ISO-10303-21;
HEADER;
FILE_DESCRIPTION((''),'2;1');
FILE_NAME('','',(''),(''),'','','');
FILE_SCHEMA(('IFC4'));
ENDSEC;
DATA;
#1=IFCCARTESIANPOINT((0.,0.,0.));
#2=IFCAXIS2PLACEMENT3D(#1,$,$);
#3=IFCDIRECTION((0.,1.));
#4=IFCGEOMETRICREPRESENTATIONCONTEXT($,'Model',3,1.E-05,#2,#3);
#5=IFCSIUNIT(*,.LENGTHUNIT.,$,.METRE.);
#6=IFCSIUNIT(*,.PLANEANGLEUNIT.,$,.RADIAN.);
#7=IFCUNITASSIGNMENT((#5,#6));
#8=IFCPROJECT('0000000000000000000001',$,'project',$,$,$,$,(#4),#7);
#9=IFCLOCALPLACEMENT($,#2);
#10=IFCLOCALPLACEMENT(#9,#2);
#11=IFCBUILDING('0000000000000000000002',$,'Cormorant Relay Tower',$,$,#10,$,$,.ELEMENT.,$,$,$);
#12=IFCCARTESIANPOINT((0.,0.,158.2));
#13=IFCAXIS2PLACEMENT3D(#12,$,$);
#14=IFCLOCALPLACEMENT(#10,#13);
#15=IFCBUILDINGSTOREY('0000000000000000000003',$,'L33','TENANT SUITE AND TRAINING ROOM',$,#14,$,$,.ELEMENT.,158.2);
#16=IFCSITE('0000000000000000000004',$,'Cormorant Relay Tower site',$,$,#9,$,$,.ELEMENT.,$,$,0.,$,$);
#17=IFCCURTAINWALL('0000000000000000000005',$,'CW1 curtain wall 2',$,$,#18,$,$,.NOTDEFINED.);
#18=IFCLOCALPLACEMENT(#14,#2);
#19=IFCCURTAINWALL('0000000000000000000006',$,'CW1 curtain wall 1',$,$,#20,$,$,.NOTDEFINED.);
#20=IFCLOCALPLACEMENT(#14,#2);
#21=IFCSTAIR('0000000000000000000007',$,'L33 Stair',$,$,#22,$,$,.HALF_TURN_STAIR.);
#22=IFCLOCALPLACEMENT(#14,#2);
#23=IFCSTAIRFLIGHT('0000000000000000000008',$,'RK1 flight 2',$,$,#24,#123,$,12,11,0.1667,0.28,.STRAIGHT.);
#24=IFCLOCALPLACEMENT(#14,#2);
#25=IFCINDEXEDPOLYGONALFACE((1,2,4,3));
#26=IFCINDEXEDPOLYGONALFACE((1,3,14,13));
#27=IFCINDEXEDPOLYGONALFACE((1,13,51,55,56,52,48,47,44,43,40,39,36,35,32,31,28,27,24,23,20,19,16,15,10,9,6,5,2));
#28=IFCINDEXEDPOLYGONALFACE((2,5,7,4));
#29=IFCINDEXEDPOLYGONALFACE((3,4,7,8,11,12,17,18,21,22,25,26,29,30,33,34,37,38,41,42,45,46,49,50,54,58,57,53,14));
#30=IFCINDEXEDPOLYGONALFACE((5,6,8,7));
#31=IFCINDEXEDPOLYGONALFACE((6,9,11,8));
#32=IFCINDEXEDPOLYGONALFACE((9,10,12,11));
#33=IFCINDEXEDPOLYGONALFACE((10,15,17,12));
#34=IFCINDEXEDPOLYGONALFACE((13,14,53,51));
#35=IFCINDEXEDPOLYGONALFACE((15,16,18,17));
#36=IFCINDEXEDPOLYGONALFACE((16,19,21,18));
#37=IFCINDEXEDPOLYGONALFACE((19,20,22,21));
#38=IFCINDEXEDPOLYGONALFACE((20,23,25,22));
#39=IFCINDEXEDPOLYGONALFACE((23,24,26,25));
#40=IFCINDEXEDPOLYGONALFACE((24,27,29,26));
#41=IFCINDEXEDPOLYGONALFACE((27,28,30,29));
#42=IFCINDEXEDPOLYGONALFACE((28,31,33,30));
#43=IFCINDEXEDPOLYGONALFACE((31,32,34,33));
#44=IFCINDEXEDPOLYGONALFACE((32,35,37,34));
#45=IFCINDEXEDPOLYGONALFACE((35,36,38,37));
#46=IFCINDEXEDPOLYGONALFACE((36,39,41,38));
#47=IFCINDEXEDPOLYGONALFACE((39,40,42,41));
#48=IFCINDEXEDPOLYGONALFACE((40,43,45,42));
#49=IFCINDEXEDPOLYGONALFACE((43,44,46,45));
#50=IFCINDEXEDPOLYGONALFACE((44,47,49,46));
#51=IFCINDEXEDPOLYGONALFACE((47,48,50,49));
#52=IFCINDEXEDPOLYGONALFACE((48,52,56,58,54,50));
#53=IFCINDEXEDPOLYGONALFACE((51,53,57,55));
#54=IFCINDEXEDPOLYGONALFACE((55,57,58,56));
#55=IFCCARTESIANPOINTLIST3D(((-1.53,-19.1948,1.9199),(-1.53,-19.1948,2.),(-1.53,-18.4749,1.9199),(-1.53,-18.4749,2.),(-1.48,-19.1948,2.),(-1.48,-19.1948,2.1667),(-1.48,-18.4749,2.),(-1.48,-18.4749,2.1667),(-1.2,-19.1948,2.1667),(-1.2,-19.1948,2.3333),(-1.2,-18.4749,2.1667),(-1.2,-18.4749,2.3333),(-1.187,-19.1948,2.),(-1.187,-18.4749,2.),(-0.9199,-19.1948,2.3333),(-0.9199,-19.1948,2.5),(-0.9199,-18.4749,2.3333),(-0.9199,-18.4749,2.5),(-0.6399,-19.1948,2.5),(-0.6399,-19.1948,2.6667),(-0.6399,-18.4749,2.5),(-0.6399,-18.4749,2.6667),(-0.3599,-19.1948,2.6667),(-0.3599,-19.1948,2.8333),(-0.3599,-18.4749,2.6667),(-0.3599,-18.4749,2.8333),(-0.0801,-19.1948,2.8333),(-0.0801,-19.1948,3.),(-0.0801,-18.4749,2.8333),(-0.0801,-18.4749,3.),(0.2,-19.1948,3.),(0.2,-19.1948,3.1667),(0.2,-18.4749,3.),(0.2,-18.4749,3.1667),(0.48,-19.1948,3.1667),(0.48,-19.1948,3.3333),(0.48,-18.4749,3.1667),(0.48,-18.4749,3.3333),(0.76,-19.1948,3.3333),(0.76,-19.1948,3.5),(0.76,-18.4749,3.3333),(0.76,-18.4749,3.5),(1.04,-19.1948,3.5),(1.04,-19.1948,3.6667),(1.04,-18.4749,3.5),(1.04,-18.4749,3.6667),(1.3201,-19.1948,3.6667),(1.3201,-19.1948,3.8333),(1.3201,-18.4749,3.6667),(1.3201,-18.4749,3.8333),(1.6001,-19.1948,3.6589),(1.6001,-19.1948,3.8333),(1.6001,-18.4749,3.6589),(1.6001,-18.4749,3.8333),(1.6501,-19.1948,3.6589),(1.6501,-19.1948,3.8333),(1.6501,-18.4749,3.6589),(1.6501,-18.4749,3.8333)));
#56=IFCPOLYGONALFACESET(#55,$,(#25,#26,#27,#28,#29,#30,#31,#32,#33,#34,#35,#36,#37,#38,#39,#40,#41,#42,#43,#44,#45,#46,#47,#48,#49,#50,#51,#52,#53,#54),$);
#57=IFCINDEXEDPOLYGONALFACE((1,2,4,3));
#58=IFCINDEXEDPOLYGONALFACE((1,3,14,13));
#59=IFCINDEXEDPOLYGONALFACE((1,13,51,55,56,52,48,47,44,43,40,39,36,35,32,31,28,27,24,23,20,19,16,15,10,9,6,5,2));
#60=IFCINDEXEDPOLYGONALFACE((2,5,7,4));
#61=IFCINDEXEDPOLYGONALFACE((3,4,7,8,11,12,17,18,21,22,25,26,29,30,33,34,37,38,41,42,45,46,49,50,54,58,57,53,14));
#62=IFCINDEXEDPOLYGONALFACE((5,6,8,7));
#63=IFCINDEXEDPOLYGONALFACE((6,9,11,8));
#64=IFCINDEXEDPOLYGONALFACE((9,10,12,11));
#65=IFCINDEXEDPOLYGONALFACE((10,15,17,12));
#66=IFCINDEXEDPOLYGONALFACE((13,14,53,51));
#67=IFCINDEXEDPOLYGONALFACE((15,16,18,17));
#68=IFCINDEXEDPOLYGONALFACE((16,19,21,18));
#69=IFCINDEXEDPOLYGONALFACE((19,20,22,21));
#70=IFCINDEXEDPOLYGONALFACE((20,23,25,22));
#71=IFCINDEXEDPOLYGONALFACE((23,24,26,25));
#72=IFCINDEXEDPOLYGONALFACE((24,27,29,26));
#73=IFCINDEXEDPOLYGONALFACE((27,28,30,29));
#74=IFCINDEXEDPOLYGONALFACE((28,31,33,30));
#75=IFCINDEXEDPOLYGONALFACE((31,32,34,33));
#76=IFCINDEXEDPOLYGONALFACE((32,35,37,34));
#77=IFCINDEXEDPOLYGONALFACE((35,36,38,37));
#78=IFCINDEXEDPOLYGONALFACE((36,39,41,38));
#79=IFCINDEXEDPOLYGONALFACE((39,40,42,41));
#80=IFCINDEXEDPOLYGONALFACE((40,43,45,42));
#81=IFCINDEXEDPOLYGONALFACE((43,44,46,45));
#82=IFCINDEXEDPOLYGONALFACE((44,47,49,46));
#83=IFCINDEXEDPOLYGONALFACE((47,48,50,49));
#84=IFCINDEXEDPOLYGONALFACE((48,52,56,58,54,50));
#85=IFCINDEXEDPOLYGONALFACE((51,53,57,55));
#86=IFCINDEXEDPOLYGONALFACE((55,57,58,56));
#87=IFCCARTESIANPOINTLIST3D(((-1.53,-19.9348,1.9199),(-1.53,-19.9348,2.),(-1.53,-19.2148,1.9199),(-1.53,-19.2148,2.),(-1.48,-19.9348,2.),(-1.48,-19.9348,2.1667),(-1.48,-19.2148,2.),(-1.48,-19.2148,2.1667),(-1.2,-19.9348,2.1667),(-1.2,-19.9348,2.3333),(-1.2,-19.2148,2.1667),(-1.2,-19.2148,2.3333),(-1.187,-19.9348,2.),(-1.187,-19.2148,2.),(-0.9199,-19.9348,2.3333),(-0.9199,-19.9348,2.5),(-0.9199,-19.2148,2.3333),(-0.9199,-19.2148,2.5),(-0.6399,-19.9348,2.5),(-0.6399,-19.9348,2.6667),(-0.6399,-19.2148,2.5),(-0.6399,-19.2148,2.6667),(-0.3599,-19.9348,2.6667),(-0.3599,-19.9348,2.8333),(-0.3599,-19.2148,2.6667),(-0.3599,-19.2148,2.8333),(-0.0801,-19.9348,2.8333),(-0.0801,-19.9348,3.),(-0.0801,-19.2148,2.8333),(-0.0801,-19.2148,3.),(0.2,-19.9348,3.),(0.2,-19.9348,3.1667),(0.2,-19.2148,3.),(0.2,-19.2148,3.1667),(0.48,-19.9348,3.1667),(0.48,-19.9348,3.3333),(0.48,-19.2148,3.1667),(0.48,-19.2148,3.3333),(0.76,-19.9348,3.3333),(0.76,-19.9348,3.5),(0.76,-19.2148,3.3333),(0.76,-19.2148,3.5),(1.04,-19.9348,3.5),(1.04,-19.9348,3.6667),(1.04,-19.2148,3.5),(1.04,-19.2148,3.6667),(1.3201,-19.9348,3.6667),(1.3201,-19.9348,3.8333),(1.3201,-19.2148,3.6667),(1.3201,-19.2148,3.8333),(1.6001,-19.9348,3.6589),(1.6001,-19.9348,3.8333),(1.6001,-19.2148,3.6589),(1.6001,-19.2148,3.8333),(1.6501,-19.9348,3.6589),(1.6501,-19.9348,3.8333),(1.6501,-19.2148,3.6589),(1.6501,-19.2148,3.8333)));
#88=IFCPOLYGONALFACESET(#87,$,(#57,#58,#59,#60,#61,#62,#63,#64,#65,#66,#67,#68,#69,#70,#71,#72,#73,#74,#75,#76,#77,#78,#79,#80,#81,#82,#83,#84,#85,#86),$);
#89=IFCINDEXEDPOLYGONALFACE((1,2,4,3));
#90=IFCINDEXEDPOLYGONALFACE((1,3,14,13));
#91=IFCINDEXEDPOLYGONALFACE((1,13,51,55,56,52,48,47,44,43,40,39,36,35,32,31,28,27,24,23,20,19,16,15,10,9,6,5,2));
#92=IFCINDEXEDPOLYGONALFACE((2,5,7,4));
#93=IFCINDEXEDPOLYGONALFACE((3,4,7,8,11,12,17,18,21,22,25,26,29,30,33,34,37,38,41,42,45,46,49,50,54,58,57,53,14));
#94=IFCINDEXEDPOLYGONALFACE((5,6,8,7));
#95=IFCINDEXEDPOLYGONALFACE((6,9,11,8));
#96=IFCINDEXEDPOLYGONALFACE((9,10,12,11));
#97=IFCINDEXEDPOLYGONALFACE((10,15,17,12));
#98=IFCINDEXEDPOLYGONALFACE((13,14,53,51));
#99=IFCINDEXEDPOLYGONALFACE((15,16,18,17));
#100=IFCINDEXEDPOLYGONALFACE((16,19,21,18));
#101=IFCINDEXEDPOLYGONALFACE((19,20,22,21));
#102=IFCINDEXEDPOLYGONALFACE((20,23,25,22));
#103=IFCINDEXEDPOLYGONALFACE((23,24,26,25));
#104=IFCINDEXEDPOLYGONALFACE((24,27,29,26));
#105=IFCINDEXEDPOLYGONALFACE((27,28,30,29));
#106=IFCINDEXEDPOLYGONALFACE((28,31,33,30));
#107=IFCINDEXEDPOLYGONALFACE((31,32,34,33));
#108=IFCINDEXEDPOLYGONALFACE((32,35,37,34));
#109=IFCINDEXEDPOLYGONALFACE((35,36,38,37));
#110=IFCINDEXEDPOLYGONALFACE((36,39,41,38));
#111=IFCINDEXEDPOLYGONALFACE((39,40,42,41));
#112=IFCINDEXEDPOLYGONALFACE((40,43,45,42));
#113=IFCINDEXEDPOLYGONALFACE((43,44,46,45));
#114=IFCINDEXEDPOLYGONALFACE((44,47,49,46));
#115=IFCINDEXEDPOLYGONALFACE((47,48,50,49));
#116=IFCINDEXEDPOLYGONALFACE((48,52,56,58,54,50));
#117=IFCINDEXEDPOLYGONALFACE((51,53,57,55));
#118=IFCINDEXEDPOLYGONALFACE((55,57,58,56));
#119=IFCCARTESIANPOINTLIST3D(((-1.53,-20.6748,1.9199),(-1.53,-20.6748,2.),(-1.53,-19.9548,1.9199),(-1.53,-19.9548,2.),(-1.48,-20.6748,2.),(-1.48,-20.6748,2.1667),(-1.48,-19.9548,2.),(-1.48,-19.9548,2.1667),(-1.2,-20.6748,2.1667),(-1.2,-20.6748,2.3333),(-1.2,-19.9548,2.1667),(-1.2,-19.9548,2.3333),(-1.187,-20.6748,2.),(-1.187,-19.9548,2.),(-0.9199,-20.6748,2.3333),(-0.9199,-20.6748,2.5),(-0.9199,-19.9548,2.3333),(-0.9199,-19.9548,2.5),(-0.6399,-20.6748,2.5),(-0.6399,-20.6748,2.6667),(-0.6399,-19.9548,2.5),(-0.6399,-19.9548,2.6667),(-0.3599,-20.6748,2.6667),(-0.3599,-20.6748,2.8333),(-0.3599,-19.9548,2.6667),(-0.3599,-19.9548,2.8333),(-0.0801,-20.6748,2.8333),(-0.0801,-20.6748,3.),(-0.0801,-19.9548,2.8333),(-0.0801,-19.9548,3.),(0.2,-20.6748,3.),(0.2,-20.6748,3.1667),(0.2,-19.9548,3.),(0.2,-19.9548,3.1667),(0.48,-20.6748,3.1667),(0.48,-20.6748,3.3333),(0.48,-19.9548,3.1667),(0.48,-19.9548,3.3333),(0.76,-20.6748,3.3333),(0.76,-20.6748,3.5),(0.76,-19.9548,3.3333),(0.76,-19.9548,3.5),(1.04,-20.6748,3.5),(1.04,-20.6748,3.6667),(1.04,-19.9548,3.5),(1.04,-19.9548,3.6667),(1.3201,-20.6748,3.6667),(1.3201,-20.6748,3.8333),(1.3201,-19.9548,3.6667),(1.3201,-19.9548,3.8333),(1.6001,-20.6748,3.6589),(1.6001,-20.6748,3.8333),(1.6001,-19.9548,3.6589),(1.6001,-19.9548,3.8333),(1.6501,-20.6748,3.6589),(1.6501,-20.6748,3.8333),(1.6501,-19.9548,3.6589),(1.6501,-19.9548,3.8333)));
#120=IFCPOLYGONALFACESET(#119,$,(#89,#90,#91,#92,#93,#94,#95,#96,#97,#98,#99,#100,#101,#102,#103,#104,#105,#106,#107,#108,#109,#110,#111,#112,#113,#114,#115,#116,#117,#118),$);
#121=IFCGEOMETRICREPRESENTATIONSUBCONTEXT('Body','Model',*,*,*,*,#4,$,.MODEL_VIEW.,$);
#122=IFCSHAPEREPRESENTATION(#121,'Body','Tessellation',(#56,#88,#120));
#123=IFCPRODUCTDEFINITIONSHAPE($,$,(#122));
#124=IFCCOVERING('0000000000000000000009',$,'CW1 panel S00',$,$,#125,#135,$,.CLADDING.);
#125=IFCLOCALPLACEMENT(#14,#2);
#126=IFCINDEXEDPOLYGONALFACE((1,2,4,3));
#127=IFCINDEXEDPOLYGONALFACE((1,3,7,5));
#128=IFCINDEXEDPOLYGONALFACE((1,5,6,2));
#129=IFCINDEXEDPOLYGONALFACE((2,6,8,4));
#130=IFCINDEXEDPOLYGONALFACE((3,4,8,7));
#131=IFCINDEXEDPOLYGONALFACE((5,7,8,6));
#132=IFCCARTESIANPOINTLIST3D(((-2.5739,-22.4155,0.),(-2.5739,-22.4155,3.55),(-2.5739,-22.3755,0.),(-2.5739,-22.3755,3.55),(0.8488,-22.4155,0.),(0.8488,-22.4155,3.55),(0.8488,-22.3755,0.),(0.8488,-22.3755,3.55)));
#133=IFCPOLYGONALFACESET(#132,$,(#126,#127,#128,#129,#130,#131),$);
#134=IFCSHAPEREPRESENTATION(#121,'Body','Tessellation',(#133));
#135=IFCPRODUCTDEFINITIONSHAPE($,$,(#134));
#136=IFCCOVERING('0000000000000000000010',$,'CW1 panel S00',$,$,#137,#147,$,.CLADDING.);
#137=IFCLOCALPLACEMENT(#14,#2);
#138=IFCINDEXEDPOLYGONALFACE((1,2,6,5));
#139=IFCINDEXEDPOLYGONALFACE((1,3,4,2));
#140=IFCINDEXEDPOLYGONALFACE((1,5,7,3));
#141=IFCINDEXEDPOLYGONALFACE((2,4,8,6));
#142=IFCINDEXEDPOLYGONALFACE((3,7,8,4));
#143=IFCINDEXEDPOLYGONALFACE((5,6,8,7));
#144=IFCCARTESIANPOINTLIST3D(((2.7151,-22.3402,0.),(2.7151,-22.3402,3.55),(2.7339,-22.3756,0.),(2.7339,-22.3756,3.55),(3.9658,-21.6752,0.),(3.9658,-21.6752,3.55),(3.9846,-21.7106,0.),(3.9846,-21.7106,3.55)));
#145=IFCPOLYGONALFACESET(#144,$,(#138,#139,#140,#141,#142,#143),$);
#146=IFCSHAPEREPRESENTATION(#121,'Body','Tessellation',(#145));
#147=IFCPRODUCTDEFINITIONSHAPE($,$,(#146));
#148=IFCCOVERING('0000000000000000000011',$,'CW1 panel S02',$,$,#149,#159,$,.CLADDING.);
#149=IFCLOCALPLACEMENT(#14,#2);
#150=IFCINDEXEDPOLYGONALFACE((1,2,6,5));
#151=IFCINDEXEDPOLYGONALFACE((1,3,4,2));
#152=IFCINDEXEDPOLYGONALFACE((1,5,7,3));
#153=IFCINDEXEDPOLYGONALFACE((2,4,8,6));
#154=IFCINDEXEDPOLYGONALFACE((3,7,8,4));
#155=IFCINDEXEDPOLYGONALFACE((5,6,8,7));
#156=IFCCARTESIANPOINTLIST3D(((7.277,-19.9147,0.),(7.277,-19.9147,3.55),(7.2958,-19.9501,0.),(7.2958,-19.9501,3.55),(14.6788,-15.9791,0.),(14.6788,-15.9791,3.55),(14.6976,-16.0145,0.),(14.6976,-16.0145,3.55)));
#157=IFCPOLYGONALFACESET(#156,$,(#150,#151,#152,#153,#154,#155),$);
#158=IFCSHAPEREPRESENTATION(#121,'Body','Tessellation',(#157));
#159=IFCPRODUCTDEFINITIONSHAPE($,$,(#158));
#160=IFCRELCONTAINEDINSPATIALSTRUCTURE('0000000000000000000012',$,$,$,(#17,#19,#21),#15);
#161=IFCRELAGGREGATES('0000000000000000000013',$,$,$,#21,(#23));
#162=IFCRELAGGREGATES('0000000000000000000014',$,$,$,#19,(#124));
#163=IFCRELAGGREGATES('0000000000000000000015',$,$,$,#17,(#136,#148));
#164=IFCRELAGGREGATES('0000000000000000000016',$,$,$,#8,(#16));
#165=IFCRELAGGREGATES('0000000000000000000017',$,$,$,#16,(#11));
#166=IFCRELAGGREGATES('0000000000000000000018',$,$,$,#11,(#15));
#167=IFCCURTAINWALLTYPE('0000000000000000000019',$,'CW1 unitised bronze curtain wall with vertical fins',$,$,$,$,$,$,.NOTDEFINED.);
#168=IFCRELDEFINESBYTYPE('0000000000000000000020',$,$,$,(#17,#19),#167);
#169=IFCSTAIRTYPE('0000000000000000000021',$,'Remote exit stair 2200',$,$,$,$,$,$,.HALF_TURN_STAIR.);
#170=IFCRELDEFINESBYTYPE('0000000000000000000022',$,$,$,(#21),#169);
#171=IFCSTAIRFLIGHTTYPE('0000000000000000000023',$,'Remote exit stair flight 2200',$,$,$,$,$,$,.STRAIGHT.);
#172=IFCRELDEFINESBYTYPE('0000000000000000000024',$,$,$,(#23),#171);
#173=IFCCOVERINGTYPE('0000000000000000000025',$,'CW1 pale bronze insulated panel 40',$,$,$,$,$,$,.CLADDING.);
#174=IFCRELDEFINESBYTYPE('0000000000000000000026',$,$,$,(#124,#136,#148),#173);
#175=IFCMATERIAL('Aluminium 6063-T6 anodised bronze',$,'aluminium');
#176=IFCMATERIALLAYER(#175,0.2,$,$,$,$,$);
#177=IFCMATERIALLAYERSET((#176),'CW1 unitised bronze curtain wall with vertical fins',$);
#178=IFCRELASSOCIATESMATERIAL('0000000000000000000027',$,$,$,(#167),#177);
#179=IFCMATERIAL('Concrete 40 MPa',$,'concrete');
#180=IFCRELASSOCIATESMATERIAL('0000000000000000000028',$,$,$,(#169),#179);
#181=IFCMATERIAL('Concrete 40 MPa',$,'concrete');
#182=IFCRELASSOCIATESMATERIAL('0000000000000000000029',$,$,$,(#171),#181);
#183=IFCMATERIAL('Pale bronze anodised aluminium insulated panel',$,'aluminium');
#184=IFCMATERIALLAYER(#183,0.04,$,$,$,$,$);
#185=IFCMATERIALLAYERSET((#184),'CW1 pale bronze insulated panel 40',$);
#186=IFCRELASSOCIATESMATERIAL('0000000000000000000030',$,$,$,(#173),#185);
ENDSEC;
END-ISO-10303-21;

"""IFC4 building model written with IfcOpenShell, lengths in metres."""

from ifc_helpers import new_model, si_unit, direction, frame, origin, origin_2d, place, context, subcontext, project, spatial, polyline, rectangle, outline, extrude, material, layer, layer_set, type_object, element, aggregate, save


model = new_model("IFC4")

# Units and contexts
model_context = context("Model", 3, precision=1e-05, world=origin(), true_north=direction((0.0, 1.0)))
body_context = subcontext(model_context, "Body", "Model", "MODEL_VIEW")
ifc_project = project(units=[si_unit("LENGTHUNIT", "METRE"), si_unit("PLANEANGLEUNIT", "RADIAN")], contexts=[model_context])

# Site, building, storey
site_placement = place(None, origin())
site = spatial("IfcSite", under=ifc_project, at=site_placement, Name="Cormorant Relay Tower site", CompositionType="ELEMENT", RefElevation=0.0)
building_placement = place(site_placement, origin())
building = spatial("IfcBuilding", under=site, at=building_placement, Name="Cormorant Relay Tower", CompositionType="ELEMENT")
storey_placement = place(building_placement, frame((0.0, 0.0, 158.2)))
storey = spatial("IfcBuildingStorey", under=building, at=storey_placement, Name="L33", Description="TENANT SUITE AND TRAINING ROOM", CompositionType="ELEMENT", Elevation=158.2)

# Curtain wall
ifc_material_1 = material(Name="Aluminium 6063-T6 anodised bronze", Category="aluminium")
ifc_layer_1 = layer(ifc_material_1, 0.2)
ifc_layer_set_1 = layer_set([ifc_layer_1], Name="CW1 unitised bronze curtain wall with vertical fins")
curtain_wall_type = type_object("IfcCurtainWallType", Name="CW1 unitised bronze curtain wall with vertical fins", PredefinedType="NOTDEFINED", material=ifc_layer_set_1)
curtain_wall_1_placement = place(storey_placement, origin())
curtain_wall_1 = element("IfcCurtainWall", 1, at=curtain_wall_1_placement, inside=storey, type_object=curtain_wall_type, Name="CW1 curtain wall 2", PredefinedType="NOTDEFINED")

# Curtain wall
curtain_wall_2_placement = place(storey_placement, origin())
curtain_wall_2 = element("IfcCurtainWall", 2, at=curtain_wall_2_placement, inside=storey, type_object=curtain_wall_type, Name="CW1 curtain wall 1", PredefinedType="NOTDEFINED")

# Stair, stair flight
ifc_material_2 = material(Name="Concrete 40 MPa", Category="concrete")
stair_type = type_object("IfcStairType", Name="Remote exit stair 2200", PredefinedType="HALF_TURN_STAIR", material=ifc_material_2)
stair_placement = place(storey_placement, origin())
stair = element("IfcStair", 3, at=stair_placement, inside=storey, type_object=stair_type, Name="L33 Stair", PredefinedType="HALF_TURN_STAIR")
ifc_material_3 = material(Name="Concrete 40 MPa", Category="concrete")
stair_flight_type = type_object("IfcStairFlightType", Name="Remote exit stair flight 2200", PredefinedType="STRAIGHT", material=ifc_material_3)
stair_flight_1_placement = place(storey_placement, frame((-1.48, -19.575, 2.0), z_axis=(0.0, 0.0, 1.0), x_axis=(1.0, 0.0, 0.0)))
stair_flight_1 = element("IfcStairFlight", 4, at=stair_flight_1_placement, type_object=stair_flight_type, Name="RK1 flight 2", NumberOfRisers=12, NumberOfTreads=11, PredefinedType="STRAIGHT", RiserHeight=0.1667, TreadLength=0.28, context=body_context, shape_type="SweptSolid", body=[
    extrude(outline(polyline([(-0.05, -0.0801), (-0.05, 0.0), (0.0, 0.0), (0.0, 0.1667), (0.28, 0.1667), (0.28, 0.3333), (0.5601, 0.3333), (0.5601, 0.5), (0.8401, 0.5), (0.8401, 0.6667), (1.1201, 0.6667), (1.1201, 0.8333), (1.3999, 0.8333), (1.3999, 1.0), (1.6799, 1.0), (1.6799, 1.1667), (1.96, 1.1667), (1.96, 1.3333), (2.24, 1.3333), (2.24, 1.5), (2.52, 1.5), (2.52, 1.6667), (2.8, 1.6667), (2.8, 1.8333), (3.0801, 1.8333), (3.1301, 1.8333), (3.1301, 1.6589), (3.0801, 1.6589), (0.293, 0.0), (-0.05, -0.0801)])), frame((0.0, 1.1001, 0.0), z_axis=(0.0, -1.0, 0.0), x_axis=(1.0, 0.0, 0.0)), (0.0, 0.0, 1.0), 0.72),
    extrude(outline(polyline([(-0.05, -0.0801), (-0.05, 0.0), (0.0, 0.0), (0.0, 0.1667), (0.28, 0.1667), (0.28, 0.3333), (0.5601, 0.3333), (0.5601, 0.5), (0.8401, 0.5), (0.8401, 0.6667), (1.1201, 0.6667), (1.1201, 0.8333), (1.3999, 0.8333), (1.3999, 1.0), (1.6799, 1.0), (1.6799, 1.1667), (1.96, 1.1667), (1.96, 1.3333), (2.24, 1.3333), (2.24, 1.5), (2.52, 1.5), (2.52, 1.6667), (2.8, 1.6667), (2.8, 1.8333), (3.0801, 1.8333), (3.1301, 1.8333), (3.1301, 1.6589), (3.0801, 1.6589), (0.293, 0.0), (-0.05, -0.0801)])), frame((0.0, 0.3601, 0.0), z_axis=(0.0, -1.0, 0.0), x_axis=(1.0, 0.0, 0.0)), (0.0, 0.0, 1.0), 0.72),
    extrude(outline(polyline([(-0.05, -0.0801), (-0.05, 0.0), (0.0, 0.0), (0.0, 0.1667), (0.28, 0.1667), (0.28, 0.3333), (0.5601, 0.3333), (0.5601, 0.5), (0.8401, 0.5), (0.8401, 0.6667), (1.1201, 0.6667), (1.1201, 0.8333), (1.3999, 0.8333), (1.3999, 1.0), (1.6799, 1.0), (1.6799, 1.1667), (1.96, 1.1667), (1.96, 1.3333), (2.24, 1.3333), (2.24, 1.5), (2.52, 1.5), (2.52, 1.6667), (2.8, 1.6667), (2.8, 1.8333), (3.0801, 1.8333), (3.1301, 1.8333), (3.1301, 1.6589), (3.0801, 1.6589), (0.293, 0.0), (-0.05, -0.0801)])), frame((0.0, -0.3799, 0.0), z_axis=(0.0, -1.0, 0.0), x_axis=(1.0, 0.0, 0.0)), (0.0, 0.0, 1.0), 0.72),
])
aggregate(stair, [stair_flight_1])

# Coverings
ifc_material_4 = material(Name="Pale bronze anodised aluminium insulated panel", Category="aluminium")
ifc_layer_2 = layer(ifc_material_4, 0.04)
ifc_layer_set_2 = layer_set([ifc_layer_2], Name="CW1 pale bronze insulated panel 40")
covering_type = type_object("IfcCoveringType", Name="CW1 pale bronze insulated panel 40", PredefinedType="CLADDING", material=ifc_layer_set_2)
covering_1_placement = place(storey_placement, frame((-0.8625, -22.3955, 0.0), z_axis=(0.0, 0.0, 1.0), x_axis=(1.0, 0.0, 0.0)))
covering_1 = element("IfcCovering", 5, at=covering_1_placement, type_object=covering_type, Name="CW1 panel S00", PredefinedType="CLADDING", context=body_context, shape_type="SweptSolid", body=[
    extrude(rectangle(XDim=3.4226, YDim=0.04, at=origin_2d()), origin(), (0.0, 0.0, 1.0), 3.55),
])
aggregate(curtain_wall_2, [covering_1])
covering_2_placement = place(storey_placement, frame((3.3499, -22.0254, 0.0), z_axis=(0.0, 0.0, 1.0), x_axis=(0.882948, 0.469472, 0.0)))
covering_2 = element("IfcCovering", 6, at=covering_2_placement, type_object=covering_type, Name="CW1 panel S00", PredefinedType="CLADDING", context=body_context, shape_type="SweptSolid", body=[
    extrude(rectangle(XDim=1.4165, YDim=0.04, at=origin_2d()), origin(), (0.0, 0.0, 1.0), 3.55),
])
covering_3_placement = place(storey_placement, frame((10.9873, -17.9646, 0.0), z_axis=(0.0, 0.0, 1.0), x_axis=(0.882948, 0.469472, 0.0)))
covering_3 = element("IfcCovering", 7, at=covering_3_placement, type_object=covering_type, Name="CW1 panel S02", PredefinedType="CLADDING", context=body_context, shape_type="SweptSolid", body=[
    extrude(rectangle(XDim=8.3831, YDim=0.04, at=origin_2d()), origin(), (0.0, 0.0, 1.0), 3.55),
])
aggregate(curtain_wall_1, [covering_2, covering_3])

save(model, "model.ifc")
